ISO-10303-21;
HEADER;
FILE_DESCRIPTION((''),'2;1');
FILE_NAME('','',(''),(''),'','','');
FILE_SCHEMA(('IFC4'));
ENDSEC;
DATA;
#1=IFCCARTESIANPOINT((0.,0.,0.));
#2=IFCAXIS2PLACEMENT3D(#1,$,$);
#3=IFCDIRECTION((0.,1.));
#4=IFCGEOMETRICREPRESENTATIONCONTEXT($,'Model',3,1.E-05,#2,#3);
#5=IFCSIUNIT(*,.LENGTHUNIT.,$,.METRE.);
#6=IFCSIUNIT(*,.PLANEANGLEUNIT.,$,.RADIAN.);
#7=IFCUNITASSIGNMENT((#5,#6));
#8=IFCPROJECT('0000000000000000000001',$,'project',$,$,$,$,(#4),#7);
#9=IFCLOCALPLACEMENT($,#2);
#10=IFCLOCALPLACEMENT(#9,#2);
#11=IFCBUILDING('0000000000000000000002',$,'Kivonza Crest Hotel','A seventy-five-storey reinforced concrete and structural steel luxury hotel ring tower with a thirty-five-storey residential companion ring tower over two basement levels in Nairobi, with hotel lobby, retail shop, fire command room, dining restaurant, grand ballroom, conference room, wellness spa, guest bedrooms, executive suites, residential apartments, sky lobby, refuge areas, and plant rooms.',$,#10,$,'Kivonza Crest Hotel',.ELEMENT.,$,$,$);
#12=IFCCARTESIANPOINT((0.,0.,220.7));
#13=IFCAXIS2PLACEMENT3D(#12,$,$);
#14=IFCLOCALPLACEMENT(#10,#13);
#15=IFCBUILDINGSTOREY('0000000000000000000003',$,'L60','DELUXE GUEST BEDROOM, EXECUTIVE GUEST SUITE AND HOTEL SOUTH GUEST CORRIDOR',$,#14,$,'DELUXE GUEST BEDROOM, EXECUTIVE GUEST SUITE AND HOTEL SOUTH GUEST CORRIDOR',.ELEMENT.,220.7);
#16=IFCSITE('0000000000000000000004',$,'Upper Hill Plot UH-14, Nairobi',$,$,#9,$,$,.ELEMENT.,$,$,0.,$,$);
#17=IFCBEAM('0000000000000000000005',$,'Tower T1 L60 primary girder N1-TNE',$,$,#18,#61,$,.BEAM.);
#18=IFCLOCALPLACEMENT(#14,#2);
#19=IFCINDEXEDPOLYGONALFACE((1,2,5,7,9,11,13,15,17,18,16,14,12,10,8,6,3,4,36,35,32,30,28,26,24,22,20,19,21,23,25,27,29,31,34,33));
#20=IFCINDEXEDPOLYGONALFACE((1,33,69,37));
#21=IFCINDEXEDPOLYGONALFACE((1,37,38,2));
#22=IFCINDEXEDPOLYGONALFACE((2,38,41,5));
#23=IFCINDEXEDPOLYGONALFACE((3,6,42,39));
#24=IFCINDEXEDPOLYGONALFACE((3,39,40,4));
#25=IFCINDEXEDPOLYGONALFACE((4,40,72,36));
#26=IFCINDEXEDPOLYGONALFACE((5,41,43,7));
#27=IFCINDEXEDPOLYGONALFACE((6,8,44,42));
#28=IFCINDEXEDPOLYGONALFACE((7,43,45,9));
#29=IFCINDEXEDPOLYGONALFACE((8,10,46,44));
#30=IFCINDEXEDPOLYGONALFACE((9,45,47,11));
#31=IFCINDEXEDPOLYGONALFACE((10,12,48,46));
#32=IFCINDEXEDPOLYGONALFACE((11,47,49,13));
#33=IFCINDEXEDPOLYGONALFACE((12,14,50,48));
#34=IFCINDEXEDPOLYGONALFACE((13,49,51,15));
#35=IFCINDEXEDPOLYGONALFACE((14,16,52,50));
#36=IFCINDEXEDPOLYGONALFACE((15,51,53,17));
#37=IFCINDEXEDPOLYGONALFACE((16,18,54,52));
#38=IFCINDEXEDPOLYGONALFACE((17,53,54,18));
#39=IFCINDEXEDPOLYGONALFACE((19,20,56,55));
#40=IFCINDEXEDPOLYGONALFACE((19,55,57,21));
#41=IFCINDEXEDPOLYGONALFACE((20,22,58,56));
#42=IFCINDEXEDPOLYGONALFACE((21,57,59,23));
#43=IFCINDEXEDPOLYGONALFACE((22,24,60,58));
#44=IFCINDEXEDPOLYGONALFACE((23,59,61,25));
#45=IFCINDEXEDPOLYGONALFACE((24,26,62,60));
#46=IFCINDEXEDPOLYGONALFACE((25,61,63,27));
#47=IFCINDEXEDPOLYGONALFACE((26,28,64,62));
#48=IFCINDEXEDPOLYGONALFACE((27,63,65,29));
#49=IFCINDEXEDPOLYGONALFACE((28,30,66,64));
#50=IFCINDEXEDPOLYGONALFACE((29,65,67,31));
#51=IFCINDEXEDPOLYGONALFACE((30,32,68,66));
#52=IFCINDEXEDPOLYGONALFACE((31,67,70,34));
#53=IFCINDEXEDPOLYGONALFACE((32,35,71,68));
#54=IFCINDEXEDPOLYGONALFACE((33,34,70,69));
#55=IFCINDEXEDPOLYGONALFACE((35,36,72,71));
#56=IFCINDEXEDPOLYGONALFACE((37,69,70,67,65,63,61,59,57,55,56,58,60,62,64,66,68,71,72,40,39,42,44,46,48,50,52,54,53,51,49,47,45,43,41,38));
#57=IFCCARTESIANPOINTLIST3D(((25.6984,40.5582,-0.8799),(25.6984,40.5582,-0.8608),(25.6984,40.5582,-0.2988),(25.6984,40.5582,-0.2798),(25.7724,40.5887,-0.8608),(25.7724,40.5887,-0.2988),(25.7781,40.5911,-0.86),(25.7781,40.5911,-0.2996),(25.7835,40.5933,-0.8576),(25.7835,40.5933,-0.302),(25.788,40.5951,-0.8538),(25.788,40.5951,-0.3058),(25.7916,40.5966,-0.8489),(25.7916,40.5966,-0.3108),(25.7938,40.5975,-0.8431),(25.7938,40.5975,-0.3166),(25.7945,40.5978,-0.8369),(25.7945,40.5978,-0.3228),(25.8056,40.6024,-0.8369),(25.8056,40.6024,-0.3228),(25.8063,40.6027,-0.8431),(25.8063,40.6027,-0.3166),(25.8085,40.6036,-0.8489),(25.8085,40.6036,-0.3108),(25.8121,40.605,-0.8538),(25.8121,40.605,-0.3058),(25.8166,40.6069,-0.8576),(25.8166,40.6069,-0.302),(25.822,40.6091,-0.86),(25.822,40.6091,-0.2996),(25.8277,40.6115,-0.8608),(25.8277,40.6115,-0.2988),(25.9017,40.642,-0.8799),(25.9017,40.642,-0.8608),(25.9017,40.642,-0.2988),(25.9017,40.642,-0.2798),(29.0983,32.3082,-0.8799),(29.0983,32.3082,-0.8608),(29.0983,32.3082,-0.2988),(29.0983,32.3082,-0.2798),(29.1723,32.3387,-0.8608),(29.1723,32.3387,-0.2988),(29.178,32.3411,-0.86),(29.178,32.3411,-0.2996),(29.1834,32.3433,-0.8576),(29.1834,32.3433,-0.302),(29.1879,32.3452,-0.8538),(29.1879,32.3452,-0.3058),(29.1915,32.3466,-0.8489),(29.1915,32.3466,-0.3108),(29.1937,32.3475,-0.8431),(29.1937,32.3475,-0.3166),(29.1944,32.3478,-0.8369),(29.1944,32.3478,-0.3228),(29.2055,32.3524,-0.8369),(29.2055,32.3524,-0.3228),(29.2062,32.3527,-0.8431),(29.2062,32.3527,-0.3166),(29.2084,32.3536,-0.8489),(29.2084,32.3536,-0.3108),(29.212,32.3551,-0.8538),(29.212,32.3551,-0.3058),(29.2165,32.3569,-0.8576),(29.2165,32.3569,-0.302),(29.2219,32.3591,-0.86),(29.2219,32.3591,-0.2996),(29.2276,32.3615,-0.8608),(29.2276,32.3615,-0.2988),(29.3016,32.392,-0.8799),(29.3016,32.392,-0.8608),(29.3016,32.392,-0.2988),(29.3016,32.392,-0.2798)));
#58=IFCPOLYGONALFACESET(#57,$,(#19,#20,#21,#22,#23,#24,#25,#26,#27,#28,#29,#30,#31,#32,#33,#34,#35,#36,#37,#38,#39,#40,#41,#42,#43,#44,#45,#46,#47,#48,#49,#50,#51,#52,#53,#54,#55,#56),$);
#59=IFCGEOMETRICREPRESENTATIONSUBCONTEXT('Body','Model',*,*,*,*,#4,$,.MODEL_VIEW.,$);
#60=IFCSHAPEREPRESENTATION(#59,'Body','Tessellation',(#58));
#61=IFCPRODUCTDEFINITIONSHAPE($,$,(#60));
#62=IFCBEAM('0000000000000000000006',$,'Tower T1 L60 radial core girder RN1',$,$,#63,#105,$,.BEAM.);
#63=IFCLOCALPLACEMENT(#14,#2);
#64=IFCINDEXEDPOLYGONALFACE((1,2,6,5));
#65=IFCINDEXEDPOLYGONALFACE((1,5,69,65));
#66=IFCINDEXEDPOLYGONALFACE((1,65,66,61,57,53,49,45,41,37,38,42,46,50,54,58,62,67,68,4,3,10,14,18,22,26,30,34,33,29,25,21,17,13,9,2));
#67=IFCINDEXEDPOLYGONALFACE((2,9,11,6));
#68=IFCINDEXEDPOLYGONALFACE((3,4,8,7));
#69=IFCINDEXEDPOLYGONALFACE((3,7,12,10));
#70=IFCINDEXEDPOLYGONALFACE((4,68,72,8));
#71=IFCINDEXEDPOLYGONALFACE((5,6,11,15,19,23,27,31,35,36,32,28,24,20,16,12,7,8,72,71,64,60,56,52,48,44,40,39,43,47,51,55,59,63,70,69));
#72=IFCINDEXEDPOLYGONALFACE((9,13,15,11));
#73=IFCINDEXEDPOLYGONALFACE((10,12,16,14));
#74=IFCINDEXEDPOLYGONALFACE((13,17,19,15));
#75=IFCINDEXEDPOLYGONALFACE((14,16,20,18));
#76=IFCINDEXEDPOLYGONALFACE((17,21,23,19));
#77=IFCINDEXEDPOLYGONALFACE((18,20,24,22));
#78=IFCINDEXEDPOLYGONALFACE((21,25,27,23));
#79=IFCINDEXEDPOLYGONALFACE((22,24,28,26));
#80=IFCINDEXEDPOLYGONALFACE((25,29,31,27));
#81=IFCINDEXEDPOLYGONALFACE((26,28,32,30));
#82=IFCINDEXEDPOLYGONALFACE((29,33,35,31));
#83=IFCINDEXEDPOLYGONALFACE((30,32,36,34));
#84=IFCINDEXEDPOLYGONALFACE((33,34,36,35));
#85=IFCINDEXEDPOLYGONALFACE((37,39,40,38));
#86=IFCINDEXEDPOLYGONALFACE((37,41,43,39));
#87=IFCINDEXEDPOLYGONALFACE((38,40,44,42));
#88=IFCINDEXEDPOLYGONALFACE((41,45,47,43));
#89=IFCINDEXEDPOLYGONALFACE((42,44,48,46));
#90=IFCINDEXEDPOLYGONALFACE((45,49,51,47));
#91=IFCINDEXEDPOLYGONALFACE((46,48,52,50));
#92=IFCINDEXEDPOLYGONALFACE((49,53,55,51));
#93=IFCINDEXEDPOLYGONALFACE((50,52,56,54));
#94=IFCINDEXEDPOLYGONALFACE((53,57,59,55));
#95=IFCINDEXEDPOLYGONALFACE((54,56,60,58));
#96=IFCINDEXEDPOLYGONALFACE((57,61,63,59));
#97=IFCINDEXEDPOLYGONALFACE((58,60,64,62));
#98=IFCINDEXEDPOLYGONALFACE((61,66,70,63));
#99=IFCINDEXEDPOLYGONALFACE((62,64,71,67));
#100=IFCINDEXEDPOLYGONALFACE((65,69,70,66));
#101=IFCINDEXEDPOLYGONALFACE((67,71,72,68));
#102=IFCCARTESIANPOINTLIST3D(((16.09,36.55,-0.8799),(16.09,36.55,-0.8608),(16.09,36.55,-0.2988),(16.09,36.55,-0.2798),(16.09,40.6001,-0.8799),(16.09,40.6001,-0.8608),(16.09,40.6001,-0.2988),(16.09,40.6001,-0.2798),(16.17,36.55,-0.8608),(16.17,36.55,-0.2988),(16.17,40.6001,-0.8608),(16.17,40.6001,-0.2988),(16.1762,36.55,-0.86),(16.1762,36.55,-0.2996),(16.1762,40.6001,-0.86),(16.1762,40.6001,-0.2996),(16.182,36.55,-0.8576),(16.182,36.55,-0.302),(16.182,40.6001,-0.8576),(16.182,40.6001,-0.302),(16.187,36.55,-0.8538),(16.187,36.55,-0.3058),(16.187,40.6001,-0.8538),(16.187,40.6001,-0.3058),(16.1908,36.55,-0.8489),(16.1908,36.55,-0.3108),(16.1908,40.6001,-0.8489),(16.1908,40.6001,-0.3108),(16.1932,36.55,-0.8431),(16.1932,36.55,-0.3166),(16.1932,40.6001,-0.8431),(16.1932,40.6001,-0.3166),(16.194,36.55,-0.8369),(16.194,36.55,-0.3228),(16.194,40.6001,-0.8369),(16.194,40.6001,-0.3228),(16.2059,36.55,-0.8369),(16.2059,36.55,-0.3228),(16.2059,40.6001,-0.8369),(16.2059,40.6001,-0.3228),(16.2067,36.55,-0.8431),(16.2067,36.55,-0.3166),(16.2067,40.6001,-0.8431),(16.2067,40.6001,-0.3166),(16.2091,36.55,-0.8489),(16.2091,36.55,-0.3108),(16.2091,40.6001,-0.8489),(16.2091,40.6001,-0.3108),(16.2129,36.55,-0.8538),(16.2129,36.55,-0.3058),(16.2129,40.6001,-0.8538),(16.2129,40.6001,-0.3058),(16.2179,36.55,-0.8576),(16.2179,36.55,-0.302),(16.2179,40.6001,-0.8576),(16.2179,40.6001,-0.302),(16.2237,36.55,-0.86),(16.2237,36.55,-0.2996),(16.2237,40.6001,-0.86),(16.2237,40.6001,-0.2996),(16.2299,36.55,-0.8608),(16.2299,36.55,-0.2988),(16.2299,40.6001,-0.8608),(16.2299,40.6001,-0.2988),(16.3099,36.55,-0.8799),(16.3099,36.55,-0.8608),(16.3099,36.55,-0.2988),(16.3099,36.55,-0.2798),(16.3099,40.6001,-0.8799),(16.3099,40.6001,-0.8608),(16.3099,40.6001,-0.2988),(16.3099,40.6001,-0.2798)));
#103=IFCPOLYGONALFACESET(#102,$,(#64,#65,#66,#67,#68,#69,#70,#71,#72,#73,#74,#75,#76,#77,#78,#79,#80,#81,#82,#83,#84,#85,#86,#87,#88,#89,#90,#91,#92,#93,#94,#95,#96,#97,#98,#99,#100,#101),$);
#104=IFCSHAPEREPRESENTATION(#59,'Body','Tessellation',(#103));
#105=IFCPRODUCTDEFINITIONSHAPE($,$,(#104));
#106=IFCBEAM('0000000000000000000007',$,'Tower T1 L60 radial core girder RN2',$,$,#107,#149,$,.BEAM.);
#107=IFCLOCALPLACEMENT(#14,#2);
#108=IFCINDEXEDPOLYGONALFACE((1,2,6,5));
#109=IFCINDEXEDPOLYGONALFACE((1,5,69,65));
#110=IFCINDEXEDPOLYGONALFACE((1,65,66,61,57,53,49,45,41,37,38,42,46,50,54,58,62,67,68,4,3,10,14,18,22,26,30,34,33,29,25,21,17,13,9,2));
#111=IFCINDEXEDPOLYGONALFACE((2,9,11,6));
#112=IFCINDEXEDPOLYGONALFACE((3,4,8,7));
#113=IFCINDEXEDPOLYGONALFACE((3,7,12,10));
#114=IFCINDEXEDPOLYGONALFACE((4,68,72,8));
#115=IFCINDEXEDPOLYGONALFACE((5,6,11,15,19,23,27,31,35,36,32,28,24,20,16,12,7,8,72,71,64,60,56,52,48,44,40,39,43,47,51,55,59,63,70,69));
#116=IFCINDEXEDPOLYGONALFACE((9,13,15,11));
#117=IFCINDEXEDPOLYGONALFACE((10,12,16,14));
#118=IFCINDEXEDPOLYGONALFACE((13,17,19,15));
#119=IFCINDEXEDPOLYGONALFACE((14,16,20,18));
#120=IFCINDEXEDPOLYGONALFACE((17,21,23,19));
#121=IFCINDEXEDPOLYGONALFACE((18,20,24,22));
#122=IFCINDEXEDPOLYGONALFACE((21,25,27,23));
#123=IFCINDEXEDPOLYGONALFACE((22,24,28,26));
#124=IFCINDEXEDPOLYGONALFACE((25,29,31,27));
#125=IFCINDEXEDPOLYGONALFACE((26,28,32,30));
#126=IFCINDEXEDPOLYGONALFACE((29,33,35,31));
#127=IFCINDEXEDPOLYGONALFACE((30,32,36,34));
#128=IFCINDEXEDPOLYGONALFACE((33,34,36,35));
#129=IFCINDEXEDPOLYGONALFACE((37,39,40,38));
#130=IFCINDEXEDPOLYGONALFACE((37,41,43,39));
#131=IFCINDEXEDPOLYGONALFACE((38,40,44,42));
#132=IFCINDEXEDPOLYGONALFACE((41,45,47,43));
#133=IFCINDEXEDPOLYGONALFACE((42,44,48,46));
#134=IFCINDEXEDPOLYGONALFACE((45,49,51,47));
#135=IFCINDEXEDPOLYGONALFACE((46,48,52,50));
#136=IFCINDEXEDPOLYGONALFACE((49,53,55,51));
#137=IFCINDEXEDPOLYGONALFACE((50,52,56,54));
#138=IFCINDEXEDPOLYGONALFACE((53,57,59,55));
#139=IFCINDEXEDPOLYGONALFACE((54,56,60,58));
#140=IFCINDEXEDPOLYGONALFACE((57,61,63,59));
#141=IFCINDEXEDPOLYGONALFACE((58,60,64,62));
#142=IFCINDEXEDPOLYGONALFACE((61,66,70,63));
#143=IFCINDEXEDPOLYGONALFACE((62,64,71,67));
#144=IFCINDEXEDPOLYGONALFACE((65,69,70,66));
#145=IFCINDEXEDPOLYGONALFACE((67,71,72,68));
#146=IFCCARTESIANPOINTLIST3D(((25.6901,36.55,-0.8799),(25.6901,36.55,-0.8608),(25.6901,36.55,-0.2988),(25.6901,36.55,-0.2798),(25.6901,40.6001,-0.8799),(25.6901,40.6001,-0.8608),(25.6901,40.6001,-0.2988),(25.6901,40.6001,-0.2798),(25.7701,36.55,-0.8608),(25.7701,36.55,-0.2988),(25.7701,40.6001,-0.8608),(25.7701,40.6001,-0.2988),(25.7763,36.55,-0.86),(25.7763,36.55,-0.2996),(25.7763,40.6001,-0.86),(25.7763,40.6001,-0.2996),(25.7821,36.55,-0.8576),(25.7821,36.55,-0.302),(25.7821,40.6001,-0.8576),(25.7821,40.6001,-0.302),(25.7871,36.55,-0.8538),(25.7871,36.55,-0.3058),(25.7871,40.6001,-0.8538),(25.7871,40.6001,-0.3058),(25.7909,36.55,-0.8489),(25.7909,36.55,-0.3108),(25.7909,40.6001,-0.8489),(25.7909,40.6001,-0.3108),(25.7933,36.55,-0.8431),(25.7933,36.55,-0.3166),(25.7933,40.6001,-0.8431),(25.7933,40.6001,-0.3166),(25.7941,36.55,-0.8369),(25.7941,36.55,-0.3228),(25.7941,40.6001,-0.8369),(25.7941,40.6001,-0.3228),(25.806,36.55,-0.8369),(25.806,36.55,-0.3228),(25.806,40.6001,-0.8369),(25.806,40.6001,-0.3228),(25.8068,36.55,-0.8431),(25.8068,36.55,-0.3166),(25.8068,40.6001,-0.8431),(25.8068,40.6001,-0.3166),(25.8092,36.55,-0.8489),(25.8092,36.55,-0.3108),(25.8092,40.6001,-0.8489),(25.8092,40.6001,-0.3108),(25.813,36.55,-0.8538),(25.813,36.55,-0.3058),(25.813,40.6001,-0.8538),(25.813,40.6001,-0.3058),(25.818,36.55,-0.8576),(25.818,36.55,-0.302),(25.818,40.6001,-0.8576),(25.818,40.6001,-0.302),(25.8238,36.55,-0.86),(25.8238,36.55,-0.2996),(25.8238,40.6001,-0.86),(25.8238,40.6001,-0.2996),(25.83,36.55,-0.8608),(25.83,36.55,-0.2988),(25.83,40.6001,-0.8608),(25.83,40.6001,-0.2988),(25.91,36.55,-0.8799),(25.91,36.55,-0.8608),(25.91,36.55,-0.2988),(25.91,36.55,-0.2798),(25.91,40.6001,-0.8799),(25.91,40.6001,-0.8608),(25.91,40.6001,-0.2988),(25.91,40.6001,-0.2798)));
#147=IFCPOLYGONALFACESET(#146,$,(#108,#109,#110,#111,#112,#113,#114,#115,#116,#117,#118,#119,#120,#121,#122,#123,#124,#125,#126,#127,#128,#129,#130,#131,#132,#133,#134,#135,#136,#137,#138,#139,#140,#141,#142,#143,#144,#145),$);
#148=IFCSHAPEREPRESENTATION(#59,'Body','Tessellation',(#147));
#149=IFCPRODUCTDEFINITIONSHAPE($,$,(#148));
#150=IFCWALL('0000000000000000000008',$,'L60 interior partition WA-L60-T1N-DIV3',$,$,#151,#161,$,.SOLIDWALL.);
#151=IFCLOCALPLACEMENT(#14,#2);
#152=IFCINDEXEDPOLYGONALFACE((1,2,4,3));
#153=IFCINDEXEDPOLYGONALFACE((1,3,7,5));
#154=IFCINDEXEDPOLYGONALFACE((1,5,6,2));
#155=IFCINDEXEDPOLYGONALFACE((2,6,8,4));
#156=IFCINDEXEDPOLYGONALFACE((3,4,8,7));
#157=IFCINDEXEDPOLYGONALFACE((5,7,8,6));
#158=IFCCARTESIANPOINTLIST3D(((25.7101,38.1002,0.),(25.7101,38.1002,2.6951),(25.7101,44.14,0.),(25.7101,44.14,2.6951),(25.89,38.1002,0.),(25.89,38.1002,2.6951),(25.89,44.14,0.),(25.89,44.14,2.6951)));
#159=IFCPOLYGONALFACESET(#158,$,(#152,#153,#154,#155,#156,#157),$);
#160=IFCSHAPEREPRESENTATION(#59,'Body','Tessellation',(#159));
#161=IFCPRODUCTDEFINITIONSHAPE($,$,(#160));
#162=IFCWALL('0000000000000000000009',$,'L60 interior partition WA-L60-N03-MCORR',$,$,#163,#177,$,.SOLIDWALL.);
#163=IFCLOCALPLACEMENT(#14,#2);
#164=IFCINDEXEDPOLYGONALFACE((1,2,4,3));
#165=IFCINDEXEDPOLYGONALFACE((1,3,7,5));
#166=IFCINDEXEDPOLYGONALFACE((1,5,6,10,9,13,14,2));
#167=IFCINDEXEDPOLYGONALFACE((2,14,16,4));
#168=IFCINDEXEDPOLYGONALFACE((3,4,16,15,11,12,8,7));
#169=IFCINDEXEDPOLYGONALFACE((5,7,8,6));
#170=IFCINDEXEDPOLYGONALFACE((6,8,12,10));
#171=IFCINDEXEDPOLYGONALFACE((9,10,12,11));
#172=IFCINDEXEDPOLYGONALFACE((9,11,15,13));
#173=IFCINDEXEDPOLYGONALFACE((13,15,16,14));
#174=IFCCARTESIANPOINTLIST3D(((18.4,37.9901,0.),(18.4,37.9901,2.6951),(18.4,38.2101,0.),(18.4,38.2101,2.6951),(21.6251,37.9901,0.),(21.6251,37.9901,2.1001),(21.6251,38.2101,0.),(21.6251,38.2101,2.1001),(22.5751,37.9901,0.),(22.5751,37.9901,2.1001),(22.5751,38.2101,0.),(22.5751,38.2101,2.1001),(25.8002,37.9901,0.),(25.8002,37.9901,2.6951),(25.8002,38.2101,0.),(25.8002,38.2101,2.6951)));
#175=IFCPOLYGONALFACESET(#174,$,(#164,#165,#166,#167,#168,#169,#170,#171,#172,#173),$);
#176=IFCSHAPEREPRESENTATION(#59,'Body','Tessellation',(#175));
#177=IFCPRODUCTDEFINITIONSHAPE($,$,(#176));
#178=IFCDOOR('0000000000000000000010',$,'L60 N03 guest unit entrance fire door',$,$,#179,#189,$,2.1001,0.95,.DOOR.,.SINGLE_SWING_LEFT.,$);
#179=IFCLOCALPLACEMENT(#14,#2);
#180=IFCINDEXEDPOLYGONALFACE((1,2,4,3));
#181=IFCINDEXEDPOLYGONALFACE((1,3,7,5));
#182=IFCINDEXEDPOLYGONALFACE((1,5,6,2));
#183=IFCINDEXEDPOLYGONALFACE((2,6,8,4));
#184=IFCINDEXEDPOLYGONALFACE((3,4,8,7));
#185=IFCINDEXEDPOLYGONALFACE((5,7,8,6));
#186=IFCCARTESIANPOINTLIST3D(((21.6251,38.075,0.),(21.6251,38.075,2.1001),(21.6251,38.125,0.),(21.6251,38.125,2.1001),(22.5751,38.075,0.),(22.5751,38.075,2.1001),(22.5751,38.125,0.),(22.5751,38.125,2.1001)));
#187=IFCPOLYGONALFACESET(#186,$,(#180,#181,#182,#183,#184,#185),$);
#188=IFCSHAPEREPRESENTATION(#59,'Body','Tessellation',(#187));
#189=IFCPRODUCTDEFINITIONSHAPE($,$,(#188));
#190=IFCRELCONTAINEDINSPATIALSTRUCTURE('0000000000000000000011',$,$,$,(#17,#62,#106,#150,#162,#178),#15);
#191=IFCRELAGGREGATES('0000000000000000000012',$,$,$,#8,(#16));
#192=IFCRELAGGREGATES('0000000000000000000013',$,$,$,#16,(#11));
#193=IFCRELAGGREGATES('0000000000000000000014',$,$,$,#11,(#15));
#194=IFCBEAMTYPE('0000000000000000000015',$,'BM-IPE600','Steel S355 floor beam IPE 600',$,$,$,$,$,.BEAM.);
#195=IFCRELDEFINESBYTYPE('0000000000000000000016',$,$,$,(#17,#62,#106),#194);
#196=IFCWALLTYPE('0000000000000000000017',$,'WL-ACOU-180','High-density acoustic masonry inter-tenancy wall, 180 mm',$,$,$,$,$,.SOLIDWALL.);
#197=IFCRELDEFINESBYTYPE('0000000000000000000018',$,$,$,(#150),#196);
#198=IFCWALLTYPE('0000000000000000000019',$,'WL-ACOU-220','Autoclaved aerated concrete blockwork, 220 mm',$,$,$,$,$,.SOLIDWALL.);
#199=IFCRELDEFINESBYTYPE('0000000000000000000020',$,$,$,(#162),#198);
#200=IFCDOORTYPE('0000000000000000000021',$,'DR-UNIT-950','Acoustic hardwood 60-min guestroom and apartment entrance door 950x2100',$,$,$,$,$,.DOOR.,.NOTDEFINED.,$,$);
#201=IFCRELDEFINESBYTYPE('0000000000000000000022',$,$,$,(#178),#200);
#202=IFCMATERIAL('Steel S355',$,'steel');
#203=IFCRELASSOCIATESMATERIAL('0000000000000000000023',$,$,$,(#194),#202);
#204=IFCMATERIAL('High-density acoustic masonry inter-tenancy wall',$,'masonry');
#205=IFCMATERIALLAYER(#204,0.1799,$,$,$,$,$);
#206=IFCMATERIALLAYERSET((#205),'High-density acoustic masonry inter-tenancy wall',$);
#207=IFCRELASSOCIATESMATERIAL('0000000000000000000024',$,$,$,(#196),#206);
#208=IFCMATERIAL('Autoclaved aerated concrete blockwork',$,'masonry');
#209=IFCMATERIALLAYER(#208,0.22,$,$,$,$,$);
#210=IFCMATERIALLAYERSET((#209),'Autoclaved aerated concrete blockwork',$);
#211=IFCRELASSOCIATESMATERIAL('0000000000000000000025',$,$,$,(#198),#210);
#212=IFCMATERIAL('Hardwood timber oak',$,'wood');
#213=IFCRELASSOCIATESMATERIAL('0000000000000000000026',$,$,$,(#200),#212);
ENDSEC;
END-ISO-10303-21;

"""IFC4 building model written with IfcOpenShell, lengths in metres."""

from ifc_helpers import new_model, si_unit, direction, frame, frame_2d, origin, origin_2d, place, context, subcontext, project, spatial, rectangle, i_section, extrude, material, layer, layer_set, material_profile, profile_set, type_object, element, fill, save


model = new_model("IFC4")

# Units and contexts
model_context = context("Model", 3, precision=1e-05, world=origin(), true_north=direction((0.0, 1.0)))
body_context = subcontext(model_context, "Body", "Model", "MODEL_VIEW")
ifc_project = project(units=[si_unit("LENGTHUNIT", "METRE"), si_unit("PLANEANGLEUNIT", "RADIAN")], contexts=[model_context])

# Site, building, storey
site_placement = place(None, origin())
site = spatial("IfcSite", under=ifc_project, at=site_placement, Name="Upper Hill Plot UH-14, Nairobi", CompositionType="ELEMENT", RefElevation=0.0)
building_placement = place(site_placement, origin())
building = spatial("IfcBuilding", under=site, at=building_placement, Name="Kivonza Crest Hotel", Description="A seventy-five-storey reinforced concrete and structural steel luxury hotel ring tower with a thirty-five-storey residential companion ring tower over two basement levels in Nairobi, with hotel lobby, retail shop, fire command room, dining restaurant, grand ballroom, conference room, wellness spa, guest bedrooms, executive suites, residential apartments, sky lobby, refuge areas, and plant rooms.", LongName="Kivonza Crest Hotel", CompositionType="ELEMENT")
storey_placement = place(building_placement, frame((0.0, 0.0, 220.7)))
storey = spatial("IfcBuildingStorey", under=building, at=storey_placement, Name="L60", Description="DELUXE GUEST BEDROOM, EXECUTIVE GUEST SUITE AND HOTEL SOUTH GUEST CORRIDOR", LongName="DELUXE GUEST BEDROOM, EXECUTIVE GUEST SUITE AND HOTEL SOUTH GUEST CORRIDOR", CompositionType="ELEMENT", Elevation=220.7)

# Beams
ifc_material_1 = material(Name="Steel S355", Category="steel")
ifc_material_profile_1 = material_profile(ifc_material_1, i_section(OverallWidth=0.22, OverallDepth=0.6001, WebThickness=0.012, FlangeThickness=0.019, FilletRadius=0.0239, at=origin_2d()), Name="IPE 600")
ifc_profile_set_1 = profile_set([ifc_material_profile_1], Name="Steel S355")
beam_type_1 = type_object("IfcBeamType", Name="BM-IPE600", Description="Steel S355 floor beam IPE 600", PredefinedType="BEAM", material=ifc_profile_set_1)
beam_1_placement = place(storey_placement, frame((25.8, 40.6001, -0.5798), z_axis=(0.381022, -0.924566, 0.0), x_axis=(0.924566, 0.381022, 0.0)))
element("IfcBeam", 1, at=beam_1_placement, inside=storey, type_object=beam_type_1, Name="Tower T1 L60 primary girder N1-TNE", PredefinedType="BEAM", context=body_context, shape_type="SweptSolid", body=[
    extrude(i_section(OverallWidth=0.22, OverallDepth=0.6001, WebThickness=0.012, FlangeThickness=0.019, FilletRadius=0.0239, at=origin_2d()), origin(), (0.0, 0.0, 1.0), 8.9231),
])
for number, where, z_axis, x_axis, name in (
    (2, (16.2, 40.6001, -0.5798), (0.0, -1.0, 0.0), (1.0, 0.0, 0.0), "Tower T1 L60 radial core girder RN1"),
    (3, (25.8, 40.6001, -0.5798), (0.0, -1.0, 0.0), (1.0, 0.0, 0.0), "Tower T1 L60 radial core girder RN2"),
):
    element("IfcBeam", number, at=place(storey_placement, frame(where, z_axis=z_axis, x_axis=x_axis)), inside=storey, type_object=beam_type_1, Name=name, PredefinedType="BEAM", context=body_context, shape_type="SweptSolid", body=[
        extrude(i_section(OverallWidth=0.22, OverallDepth=0.6001, WebThickness=0.012, FlangeThickness=0.019, FilletRadius=0.0239, at=origin_2d()), origin(), (0.0, 0.0, 1.0), 4.05),
    ])

# Wall
ifc_material_2 = material(Name="High-density acoustic masonry inter-tenancy wall", Category="masonry")
ifc_layer_1 = layer(ifc_material_2, 0.1799)
ifc_layer_set_1 = layer_set([ifc_layer_1], Name="High-density acoustic masonry inter-tenancy wall")
wall_type_1 = type_object("IfcWallType", Name="WL-ACOU-180", Description="High-density acoustic masonry inter-tenancy wall, 180 mm", PredefinedType="SOLIDWALL", material=ifc_layer_set_1)
wall_1_placement = place(storey_placement, frame((25.8, 38.1001, 0.0), z_axis=(0.0, 0.0, 1.0), x_axis=(0.0, 1.0, 0.0)))
element("IfcWall", 4, at=wall_1_placement, inside=storey, type_object=wall_type_1, Name="L60 interior partition WA-L60-T1N-DIV3", PredefinedType="SOLIDWALL", context=body_context, shape_type="SweptSolid", body=[
    extrude(rectangle(XDim=6.0398, YDim=0.1799, at=frame_2d((3.02, 0.0))), origin(), (0.0, 0.0, 1.0), 2.6951),
])

# Wall, opening, door
ifc_material_3 = material(Name="Autoclaved aerated concrete blockwork", Category="masonry")
ifc_layer_2 = layer(ifc_material_3, 0.22)
ifc_layer_set_2 = layer_set([ifc_layer_2], Name="Autoclaved aerated concrete blockwork")
wall_type_2 = type_object("IfcWallType", Name="WL-ACOU-220", Description="Autoclaved aerated concrete blockwork, 220 mm", PredefinedType="SOLIDWALL", material=ifc_layer_set_2)
wall_2_placement = place(storey_placement, frame((18.3999, 38.1001, 0.0), z_axis=(0.0, 0.0, 1.0), x_axis=(1.0, 0.0, 0.0)))
wall_2 = element("IfcWall", 5, at=wall_2_placement, inside=storey, type_object=wall_type_2, Name="L60 interior partition WA-L60-N03-MCORR", PredefinedType="SOLIDWALL", context=body_context, shape_type="SweptSolid", body=[
    extrude(rectangle(XDim=7.4001, YDim=0.22, at=frame_2d((3.7002, 0.0))), origin(), (0.0, 0.0, 1.0), 2.6951),
])
opening_1_placement = place(wall_2_placement, frame((3.2251, 0.0, 0.0)))
opening_1 = element("IfcOpeningElement", 6, at=opening_1_placement, cuts=wall_2, PredefinedType="OPENING", context=body_context, shape_type="SweptSolid", body=[
    extrude(rectangle(XDim=0.95, YDim=2.1001, at=frame_2d((0.4751, 1.05))), frame((0.0, 0.1201, 0.0), z_axis=(0.0, -1.0, 0.0), x_axis=(1.0, 0.0, 0.0)), (0.0, 0.0, 1.0), 0.24),
])
ifc_material_4 = material(Name="Hardwood timber oak", Category="wood")
door_type_1 = type_object("IfcDoorType", Name="DR-UNIT-950", Description="Acoustic hardwood 60-min guestroom and apartment entrance door 950x2100", OperationType="NOTDEFINED", PredefinedType="DOOR", material=ifc_material_4)
door_1_placement = place(opening_1_placement, origin())
door_1 = element("IfcDoor", 7, at=door_1_placement, inside=storey, type_object=door_type_1, Name="L60 N03 guest unit entrance fire door", OperationType="SINGLE_SWING_LEFT", OverallHeight=2.1001, OverallWidth=0.95, PredefinedType="DOOR", context=body_context, shape_type="SweptSolid", body=[
    extrude(rectangle(XDim=0.95, YDim=2.1001, at=frame_2d((0.4751, 1.05))), frame((0.0, 0.0249, 0.0), z_axis=(0.0, -1.0, 0.0), x_axis=(1.0, 0.0, 0.0)), (0.0, 0.0, 1.0), 0.05),
])
fill(opening_1, door_1)

save(model, "model.ifc")
